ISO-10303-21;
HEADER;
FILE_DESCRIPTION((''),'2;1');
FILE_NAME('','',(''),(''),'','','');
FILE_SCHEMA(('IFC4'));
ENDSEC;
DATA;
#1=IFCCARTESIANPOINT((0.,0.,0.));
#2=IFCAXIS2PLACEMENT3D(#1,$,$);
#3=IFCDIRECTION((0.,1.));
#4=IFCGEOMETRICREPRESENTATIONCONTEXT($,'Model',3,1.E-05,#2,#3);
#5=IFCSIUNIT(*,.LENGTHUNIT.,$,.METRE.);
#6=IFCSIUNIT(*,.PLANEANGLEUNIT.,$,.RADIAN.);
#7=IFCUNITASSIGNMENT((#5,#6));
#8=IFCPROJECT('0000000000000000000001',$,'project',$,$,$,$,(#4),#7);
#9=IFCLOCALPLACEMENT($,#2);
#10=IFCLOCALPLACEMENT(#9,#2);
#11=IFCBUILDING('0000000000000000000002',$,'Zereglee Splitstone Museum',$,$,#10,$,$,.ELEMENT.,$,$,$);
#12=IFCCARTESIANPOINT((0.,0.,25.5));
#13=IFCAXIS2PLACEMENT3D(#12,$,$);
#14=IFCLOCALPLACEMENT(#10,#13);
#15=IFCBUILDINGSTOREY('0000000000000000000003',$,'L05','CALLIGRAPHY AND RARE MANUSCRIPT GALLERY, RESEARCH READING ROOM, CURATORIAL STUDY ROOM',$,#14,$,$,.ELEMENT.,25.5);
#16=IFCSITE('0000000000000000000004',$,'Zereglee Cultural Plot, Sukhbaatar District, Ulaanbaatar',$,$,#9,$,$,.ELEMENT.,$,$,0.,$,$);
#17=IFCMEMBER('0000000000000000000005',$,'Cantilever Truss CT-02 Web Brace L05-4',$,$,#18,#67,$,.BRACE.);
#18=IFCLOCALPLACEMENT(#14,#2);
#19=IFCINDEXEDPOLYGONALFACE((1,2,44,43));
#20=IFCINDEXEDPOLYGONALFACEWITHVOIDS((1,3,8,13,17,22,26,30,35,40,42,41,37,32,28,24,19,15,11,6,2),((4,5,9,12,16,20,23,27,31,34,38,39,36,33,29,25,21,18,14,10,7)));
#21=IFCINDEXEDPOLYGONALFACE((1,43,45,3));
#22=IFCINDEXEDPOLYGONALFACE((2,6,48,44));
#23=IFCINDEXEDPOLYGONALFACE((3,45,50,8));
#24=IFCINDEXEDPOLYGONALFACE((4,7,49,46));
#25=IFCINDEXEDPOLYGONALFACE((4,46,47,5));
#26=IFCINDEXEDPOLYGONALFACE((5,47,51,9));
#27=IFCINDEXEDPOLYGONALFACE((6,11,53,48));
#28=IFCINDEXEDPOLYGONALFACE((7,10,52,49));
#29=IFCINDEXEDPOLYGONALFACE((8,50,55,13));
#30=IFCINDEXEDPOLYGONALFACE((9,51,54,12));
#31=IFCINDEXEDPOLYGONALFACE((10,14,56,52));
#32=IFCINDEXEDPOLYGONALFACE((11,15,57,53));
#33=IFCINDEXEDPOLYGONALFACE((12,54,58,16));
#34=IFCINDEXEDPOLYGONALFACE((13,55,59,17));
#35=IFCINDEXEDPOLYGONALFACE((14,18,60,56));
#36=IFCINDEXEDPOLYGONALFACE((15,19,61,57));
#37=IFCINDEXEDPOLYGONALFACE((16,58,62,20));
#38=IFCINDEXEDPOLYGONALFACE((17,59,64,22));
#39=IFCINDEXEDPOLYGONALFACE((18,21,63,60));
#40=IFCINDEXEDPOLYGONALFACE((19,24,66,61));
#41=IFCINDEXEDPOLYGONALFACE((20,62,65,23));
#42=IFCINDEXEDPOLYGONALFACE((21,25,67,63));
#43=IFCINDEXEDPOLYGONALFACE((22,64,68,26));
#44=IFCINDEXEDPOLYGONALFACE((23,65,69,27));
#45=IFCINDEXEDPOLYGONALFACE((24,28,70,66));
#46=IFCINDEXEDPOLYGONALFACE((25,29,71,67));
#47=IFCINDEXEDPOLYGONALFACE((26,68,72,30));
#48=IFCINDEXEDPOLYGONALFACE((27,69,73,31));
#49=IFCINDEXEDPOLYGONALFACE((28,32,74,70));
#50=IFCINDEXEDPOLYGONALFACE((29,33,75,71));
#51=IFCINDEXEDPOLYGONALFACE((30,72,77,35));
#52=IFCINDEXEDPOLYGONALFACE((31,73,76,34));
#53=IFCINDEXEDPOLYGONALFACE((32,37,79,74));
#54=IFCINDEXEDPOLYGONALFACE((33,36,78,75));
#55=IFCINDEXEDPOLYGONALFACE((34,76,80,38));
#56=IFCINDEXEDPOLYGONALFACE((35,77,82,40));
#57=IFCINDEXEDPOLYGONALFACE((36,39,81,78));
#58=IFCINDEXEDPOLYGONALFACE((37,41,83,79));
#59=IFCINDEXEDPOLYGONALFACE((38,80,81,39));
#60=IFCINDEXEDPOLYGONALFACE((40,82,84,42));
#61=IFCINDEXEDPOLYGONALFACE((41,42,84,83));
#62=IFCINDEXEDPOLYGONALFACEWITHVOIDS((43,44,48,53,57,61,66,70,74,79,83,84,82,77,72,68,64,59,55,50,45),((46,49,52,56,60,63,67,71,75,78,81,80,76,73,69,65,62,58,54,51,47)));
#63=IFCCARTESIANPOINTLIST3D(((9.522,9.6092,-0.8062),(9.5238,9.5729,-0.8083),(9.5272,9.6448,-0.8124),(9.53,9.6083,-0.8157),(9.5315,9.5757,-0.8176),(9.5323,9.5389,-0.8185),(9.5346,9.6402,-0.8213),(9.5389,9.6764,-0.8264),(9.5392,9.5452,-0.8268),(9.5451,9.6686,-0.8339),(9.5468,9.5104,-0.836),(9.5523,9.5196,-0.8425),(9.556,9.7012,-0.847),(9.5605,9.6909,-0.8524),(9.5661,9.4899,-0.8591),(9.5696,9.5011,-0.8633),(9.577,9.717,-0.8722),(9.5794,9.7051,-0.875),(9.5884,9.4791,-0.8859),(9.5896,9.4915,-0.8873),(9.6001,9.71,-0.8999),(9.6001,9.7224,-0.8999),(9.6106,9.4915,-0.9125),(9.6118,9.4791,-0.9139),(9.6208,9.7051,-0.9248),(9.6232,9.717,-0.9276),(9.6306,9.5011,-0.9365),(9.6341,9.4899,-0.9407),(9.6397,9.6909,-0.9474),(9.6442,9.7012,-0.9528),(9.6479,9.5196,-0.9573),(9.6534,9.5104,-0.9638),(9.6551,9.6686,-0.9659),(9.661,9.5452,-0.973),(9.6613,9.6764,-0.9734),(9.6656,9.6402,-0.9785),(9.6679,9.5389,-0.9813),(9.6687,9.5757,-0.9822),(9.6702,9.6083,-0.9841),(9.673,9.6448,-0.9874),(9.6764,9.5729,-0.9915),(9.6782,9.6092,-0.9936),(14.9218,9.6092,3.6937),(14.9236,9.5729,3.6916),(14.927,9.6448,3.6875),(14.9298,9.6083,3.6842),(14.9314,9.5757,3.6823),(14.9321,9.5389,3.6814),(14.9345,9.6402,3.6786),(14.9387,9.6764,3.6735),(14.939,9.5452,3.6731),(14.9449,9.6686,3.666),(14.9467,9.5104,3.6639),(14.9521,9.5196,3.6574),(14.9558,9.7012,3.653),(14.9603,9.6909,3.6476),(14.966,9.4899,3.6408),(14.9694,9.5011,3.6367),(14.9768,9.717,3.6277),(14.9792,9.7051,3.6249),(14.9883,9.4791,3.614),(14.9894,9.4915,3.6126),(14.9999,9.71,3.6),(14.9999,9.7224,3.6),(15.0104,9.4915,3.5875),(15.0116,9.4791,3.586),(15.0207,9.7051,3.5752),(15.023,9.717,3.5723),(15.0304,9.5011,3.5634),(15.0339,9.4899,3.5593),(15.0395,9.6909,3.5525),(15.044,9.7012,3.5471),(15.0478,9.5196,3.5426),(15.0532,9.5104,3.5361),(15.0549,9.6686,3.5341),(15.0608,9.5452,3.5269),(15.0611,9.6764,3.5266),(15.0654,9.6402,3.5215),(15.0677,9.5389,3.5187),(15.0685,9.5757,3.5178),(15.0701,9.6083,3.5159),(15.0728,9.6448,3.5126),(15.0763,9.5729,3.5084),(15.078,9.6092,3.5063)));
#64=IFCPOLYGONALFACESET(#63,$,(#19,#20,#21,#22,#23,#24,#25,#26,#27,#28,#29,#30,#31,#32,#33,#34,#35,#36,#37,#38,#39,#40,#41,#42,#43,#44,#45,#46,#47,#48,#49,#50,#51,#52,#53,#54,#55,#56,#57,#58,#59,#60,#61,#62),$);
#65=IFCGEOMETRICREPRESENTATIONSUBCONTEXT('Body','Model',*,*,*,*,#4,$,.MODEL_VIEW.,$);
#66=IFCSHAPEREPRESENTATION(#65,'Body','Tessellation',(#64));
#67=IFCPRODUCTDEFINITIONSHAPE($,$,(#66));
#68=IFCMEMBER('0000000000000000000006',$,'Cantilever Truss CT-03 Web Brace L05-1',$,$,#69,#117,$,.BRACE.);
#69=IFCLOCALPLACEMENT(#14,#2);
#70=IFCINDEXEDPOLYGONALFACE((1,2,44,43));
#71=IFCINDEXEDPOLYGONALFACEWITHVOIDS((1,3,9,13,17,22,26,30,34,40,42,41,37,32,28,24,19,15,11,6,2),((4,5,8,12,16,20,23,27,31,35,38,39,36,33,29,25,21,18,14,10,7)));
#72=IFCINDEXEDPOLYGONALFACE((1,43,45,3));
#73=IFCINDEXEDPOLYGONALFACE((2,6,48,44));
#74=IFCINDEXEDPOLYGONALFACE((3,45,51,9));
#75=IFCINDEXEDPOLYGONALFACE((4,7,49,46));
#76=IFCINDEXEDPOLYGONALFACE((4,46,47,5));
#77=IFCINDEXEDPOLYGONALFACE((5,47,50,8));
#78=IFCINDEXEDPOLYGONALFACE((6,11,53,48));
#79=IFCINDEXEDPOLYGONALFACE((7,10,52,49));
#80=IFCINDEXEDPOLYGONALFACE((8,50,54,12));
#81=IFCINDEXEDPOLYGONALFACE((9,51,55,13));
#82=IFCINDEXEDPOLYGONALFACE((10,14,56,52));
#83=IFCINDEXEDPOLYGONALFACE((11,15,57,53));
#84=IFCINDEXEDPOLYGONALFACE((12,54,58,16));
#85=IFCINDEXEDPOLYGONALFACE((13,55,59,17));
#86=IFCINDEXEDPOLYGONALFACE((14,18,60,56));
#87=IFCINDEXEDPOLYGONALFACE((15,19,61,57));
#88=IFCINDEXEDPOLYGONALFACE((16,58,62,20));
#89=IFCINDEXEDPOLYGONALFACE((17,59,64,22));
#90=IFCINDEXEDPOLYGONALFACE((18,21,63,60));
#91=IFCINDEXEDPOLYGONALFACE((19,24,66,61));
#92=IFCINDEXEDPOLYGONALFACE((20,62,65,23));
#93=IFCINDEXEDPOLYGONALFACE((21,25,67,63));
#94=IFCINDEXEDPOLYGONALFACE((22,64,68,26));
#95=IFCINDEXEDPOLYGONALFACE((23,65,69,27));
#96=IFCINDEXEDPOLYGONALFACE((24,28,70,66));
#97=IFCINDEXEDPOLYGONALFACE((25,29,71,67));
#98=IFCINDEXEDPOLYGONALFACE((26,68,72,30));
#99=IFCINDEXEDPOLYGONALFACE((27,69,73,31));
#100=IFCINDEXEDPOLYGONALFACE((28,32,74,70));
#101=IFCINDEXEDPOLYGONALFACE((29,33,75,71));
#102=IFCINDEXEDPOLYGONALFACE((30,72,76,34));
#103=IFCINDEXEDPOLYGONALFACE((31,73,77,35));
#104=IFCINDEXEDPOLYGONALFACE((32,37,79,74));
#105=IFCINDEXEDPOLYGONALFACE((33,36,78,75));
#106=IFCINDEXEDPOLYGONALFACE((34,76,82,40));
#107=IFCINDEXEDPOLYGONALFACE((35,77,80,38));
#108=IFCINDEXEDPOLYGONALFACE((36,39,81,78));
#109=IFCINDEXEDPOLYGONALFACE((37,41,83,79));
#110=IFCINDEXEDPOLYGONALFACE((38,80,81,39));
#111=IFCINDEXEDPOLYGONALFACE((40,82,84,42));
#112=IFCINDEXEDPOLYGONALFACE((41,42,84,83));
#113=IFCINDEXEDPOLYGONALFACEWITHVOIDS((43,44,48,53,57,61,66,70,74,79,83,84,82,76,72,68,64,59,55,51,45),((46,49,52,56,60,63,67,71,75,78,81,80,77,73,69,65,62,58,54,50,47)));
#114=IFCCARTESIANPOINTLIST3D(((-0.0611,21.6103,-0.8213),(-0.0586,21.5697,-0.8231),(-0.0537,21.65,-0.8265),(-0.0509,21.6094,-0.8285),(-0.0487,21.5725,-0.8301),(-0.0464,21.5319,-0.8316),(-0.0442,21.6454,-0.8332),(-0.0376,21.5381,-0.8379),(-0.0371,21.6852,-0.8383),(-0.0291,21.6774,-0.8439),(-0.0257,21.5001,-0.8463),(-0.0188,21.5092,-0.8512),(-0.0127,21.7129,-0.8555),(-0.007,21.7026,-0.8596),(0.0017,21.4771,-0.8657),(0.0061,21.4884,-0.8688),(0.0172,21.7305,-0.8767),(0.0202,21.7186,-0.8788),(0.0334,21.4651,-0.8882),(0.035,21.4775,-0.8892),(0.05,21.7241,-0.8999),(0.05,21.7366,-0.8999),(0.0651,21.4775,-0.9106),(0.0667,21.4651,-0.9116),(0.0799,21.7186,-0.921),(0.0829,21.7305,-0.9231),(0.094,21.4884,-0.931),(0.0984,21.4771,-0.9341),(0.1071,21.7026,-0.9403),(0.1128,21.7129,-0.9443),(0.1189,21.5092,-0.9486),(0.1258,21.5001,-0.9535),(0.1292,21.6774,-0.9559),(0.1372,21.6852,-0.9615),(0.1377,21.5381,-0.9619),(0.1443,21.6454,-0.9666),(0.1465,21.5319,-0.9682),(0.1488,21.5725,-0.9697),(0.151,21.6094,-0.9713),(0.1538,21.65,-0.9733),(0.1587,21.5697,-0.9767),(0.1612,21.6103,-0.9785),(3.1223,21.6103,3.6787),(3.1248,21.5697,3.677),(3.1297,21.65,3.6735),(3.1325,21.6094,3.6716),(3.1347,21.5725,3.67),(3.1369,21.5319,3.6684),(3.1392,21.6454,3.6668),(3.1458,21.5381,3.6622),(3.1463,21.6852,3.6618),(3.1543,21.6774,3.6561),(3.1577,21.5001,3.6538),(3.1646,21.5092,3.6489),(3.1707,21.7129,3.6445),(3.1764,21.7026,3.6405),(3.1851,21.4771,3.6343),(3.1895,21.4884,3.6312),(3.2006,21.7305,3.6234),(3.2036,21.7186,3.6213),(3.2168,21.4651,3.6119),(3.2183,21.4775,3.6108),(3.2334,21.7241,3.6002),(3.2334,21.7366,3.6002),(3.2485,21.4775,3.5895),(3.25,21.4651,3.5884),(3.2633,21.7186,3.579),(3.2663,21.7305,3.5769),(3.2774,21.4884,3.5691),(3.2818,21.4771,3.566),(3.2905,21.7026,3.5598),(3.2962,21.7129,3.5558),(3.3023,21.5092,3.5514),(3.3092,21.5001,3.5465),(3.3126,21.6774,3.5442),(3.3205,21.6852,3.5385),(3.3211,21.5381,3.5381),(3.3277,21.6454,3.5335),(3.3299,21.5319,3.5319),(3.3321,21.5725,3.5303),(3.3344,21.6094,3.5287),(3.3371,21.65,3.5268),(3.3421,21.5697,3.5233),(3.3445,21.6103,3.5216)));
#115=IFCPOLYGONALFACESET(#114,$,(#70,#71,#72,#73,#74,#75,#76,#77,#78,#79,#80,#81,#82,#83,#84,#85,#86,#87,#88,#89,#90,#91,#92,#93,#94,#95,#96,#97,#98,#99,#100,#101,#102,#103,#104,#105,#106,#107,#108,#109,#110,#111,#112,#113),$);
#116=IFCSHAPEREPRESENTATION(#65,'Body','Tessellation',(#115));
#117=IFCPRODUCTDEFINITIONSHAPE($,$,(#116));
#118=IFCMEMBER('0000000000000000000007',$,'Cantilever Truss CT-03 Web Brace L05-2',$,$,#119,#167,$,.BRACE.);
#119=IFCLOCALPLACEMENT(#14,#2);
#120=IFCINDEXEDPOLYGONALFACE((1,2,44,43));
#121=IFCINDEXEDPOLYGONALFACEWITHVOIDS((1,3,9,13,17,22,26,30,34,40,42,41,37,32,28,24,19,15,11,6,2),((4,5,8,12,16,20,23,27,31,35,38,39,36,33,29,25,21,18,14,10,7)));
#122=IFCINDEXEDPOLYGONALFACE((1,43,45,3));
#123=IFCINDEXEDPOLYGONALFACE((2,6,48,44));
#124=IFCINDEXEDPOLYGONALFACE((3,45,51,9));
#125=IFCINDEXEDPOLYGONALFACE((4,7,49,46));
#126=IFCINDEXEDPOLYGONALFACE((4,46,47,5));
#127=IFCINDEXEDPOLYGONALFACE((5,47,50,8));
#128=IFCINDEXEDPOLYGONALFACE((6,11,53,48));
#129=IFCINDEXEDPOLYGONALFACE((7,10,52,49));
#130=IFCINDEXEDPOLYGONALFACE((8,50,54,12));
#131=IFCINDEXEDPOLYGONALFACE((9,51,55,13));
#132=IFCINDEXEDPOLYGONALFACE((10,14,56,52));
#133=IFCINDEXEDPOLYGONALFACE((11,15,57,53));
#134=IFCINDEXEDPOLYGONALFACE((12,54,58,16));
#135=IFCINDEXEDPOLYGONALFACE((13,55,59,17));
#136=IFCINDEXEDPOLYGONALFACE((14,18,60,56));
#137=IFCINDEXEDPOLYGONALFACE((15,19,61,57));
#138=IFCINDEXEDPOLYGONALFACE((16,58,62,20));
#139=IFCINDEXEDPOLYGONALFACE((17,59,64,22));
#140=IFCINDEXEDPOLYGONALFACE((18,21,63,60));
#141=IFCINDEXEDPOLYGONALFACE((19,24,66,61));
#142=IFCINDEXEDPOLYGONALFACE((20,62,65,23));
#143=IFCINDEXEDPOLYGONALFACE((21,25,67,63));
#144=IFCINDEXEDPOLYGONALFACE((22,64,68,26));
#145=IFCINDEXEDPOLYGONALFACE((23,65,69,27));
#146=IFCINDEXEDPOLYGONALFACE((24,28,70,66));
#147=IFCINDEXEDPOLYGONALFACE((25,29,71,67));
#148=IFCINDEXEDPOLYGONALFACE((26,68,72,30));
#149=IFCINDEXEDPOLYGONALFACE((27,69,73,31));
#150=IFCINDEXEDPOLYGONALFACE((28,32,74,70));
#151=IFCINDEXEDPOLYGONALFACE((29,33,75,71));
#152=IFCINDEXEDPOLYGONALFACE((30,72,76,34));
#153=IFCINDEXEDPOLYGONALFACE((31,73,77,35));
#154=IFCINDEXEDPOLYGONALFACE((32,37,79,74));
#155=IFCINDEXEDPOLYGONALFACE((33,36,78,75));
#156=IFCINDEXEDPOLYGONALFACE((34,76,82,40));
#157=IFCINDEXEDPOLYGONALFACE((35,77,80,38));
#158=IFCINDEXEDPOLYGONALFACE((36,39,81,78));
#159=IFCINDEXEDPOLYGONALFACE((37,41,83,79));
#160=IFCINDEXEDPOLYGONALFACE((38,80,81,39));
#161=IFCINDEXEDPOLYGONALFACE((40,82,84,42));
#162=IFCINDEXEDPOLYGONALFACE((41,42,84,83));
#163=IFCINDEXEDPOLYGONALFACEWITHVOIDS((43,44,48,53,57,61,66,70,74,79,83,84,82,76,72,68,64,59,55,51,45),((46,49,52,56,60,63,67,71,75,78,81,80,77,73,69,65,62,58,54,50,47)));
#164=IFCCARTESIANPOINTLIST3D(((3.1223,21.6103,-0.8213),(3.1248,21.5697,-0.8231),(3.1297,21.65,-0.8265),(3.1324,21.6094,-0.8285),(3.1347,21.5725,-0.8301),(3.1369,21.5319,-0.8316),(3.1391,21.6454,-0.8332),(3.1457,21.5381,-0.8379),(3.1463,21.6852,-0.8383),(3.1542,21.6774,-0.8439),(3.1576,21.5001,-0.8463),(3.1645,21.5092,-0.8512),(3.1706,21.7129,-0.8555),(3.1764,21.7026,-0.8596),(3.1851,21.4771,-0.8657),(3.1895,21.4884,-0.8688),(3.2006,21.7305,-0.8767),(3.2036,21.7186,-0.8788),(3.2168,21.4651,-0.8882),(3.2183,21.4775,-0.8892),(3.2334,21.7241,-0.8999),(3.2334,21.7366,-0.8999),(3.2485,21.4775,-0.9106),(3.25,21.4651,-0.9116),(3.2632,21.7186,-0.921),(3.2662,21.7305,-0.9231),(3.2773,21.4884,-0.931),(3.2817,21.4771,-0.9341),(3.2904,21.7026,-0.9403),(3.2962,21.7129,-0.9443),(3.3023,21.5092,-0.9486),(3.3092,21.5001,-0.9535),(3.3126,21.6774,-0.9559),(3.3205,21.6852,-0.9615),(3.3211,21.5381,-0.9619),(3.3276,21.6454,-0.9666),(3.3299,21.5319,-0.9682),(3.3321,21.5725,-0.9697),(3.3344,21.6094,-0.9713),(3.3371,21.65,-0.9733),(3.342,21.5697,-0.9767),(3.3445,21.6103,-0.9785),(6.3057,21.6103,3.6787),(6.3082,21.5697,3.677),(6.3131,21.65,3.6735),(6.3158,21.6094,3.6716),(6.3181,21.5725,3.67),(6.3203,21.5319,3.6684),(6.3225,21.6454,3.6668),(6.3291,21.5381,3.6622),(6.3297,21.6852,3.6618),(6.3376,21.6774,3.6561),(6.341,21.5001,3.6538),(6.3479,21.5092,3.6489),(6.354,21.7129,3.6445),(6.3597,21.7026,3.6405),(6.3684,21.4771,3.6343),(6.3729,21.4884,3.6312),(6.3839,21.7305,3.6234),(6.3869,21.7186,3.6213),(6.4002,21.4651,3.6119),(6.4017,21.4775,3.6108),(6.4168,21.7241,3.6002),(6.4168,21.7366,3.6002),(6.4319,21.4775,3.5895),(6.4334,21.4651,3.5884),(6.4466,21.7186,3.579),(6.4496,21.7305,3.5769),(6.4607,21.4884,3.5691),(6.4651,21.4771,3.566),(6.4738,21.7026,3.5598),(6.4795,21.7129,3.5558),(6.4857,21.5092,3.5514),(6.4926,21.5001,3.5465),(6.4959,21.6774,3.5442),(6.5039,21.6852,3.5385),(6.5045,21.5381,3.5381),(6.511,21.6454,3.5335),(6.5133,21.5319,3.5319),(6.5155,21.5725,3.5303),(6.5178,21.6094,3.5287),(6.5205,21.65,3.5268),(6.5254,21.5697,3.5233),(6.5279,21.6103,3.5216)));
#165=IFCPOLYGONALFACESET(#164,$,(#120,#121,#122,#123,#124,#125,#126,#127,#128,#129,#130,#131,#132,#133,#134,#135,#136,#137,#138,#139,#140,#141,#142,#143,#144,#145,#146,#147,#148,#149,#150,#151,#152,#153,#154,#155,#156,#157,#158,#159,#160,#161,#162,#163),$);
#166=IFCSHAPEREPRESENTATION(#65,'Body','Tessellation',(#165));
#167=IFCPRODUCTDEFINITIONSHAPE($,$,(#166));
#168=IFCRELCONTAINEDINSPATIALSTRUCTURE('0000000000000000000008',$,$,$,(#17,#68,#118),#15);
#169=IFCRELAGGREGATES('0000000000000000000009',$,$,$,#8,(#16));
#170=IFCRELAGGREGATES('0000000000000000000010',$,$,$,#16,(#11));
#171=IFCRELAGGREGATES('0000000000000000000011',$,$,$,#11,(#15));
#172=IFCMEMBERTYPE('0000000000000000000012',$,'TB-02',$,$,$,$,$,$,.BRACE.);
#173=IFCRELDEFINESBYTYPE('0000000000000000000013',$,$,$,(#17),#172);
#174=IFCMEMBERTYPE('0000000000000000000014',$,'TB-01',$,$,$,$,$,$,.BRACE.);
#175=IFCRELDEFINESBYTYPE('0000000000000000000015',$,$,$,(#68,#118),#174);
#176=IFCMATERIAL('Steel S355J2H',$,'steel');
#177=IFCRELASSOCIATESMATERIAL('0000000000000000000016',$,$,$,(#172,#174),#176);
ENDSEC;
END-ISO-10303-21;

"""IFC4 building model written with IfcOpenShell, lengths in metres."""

from ifc_helpers import new_model, si_unit, direction, frame, origin, origin_2d, place, context, subcontext, project, spatial, hollow_circle, extrude, material, material_profile, profile_set, type_object, element, save


model = new_model("IFC4")

# Units and contexts
model_context = context("Model", 3, precision=1e-05, world=origin(), true_north=direction((0.0, 1.0)))
body_context = subcontext(model_context, "Body", "Model", "MODEL_VIEW")
ifc_project = project(units=[si_unit("LENGTHUNIT", "METRE"), si_unit("PLANEANGLEUNIT", "RADIAN")], contexts=[model_context])

# Site, building, storey
site_placement = place(None, origin())
site = spatial("IfcSite", under=ifc_project, at=site_placement, Name="Zereglee Cultural Plot, Sukhbaatar District, Ulaanbaatar", CompositionType="ELEMENT", RefElevation=0.0)
building_placement = place(site_placement, origin())
building = spatial("IfcBuilding", under=site, at=building_placement, Name="Zereglee Splitstone Museum", CompositionType="ELEMENT")
storey_placement = place(building_placement, frame((0.0, 0.0, 25.5)))
storey = spatial("IfcBuildingStorey", under=building, at=storey_placement, Name="L05", Description="CALLIGRAPHY AND RARE MANUSCRIPT GALLERY, RESEARCH READING ROOM, CURATORIAL STUDY ROOM", CompositionType="ELEMENT", Elevation=25.5)

# Members
ifc_material_1 = material(Name="Steel S355J2H", Category="steel")
ifc_material_profile_1 = material_profile(ifc_material_1, hollow_circle(Radius=0.1223, WallThickness=0.0125, at=origin_2d()), Name="CHS 244.5x12.5")
ifc_profile_set_1 = profile_set([ifc_material_profile_1], Name="Steel S355J2H")
member_type_1 = type_object("IfcMemberType", Name="TB-02", PredefinedType="BRACE", material=ifc_profile_set_1)
member_1_placement = place(storey_placement, frame((9.6001, 9.6001, -0.8999), z_axis=(0.768216, 0.0, 0.640191), x_axis=(0.0, 1.0, 0.0)))
element("IfcMember", 1, at=member_1_placement, inside=storey, type_object=member_type_1, Name="Cantilever Truss CT-02 Web Brace L05-4", PredefinedType="BRACE", context=body_context, shape_type="SweptSolid", body=[
    extrude(hollow_circle(Radius=0.1223, WallThickness=0.0125, at=origin_2d()), origin(), (0.0, 0.0, 1.0), 7.0291),
])
ifc_material_profile_2 = material_profile(ifc_material_1, hollow_circle(Radius=0.1365, WallThickness=0.0125, at=origin_2d()), Name="CHS 273.0x12.5")
ifc_profile_set_2 = profile_set([ifc_material_profile_2], Name="Steel S355J2H")
member_type_2 = type_object("IfcMemberType", Name="TB-01", PredefinedType="BRACE", material=ifc_profile_set_2)
for number, where, z_axis, x_axis, name in (
    (2, (0.05, 21.6001, -0.8999), (0.577516, 0.0, 0.816379), (0.0, 1.0, 0.0), "Cantilever Truss CT-03 Web Brace L05-1"),
    (3, (3.2334, 21.6001, -0.8999), (0.577516, 0.0, 0.816379), (0.0, 1.0, 0.0), "Cantilever Truss CT-03 Web Brace L05-2"),
):
    element("IfcMember", number, at=place(storey_placement, frame(where, z_axis=z_axis, x_axis=x_axis)), inside=storey, type_object=member_type_2, Name=name, PredefinedType="BRACE", context=body_context, shape_type="SweptSolid", body=[
        extrude(hollow_circle(Radius=0.1365, WallThickness=0.0125, at=origin_2d()), origin(), (0.0, 0.0, 1.0), 5.5122),
    ])

save(model, "model.ifc")
